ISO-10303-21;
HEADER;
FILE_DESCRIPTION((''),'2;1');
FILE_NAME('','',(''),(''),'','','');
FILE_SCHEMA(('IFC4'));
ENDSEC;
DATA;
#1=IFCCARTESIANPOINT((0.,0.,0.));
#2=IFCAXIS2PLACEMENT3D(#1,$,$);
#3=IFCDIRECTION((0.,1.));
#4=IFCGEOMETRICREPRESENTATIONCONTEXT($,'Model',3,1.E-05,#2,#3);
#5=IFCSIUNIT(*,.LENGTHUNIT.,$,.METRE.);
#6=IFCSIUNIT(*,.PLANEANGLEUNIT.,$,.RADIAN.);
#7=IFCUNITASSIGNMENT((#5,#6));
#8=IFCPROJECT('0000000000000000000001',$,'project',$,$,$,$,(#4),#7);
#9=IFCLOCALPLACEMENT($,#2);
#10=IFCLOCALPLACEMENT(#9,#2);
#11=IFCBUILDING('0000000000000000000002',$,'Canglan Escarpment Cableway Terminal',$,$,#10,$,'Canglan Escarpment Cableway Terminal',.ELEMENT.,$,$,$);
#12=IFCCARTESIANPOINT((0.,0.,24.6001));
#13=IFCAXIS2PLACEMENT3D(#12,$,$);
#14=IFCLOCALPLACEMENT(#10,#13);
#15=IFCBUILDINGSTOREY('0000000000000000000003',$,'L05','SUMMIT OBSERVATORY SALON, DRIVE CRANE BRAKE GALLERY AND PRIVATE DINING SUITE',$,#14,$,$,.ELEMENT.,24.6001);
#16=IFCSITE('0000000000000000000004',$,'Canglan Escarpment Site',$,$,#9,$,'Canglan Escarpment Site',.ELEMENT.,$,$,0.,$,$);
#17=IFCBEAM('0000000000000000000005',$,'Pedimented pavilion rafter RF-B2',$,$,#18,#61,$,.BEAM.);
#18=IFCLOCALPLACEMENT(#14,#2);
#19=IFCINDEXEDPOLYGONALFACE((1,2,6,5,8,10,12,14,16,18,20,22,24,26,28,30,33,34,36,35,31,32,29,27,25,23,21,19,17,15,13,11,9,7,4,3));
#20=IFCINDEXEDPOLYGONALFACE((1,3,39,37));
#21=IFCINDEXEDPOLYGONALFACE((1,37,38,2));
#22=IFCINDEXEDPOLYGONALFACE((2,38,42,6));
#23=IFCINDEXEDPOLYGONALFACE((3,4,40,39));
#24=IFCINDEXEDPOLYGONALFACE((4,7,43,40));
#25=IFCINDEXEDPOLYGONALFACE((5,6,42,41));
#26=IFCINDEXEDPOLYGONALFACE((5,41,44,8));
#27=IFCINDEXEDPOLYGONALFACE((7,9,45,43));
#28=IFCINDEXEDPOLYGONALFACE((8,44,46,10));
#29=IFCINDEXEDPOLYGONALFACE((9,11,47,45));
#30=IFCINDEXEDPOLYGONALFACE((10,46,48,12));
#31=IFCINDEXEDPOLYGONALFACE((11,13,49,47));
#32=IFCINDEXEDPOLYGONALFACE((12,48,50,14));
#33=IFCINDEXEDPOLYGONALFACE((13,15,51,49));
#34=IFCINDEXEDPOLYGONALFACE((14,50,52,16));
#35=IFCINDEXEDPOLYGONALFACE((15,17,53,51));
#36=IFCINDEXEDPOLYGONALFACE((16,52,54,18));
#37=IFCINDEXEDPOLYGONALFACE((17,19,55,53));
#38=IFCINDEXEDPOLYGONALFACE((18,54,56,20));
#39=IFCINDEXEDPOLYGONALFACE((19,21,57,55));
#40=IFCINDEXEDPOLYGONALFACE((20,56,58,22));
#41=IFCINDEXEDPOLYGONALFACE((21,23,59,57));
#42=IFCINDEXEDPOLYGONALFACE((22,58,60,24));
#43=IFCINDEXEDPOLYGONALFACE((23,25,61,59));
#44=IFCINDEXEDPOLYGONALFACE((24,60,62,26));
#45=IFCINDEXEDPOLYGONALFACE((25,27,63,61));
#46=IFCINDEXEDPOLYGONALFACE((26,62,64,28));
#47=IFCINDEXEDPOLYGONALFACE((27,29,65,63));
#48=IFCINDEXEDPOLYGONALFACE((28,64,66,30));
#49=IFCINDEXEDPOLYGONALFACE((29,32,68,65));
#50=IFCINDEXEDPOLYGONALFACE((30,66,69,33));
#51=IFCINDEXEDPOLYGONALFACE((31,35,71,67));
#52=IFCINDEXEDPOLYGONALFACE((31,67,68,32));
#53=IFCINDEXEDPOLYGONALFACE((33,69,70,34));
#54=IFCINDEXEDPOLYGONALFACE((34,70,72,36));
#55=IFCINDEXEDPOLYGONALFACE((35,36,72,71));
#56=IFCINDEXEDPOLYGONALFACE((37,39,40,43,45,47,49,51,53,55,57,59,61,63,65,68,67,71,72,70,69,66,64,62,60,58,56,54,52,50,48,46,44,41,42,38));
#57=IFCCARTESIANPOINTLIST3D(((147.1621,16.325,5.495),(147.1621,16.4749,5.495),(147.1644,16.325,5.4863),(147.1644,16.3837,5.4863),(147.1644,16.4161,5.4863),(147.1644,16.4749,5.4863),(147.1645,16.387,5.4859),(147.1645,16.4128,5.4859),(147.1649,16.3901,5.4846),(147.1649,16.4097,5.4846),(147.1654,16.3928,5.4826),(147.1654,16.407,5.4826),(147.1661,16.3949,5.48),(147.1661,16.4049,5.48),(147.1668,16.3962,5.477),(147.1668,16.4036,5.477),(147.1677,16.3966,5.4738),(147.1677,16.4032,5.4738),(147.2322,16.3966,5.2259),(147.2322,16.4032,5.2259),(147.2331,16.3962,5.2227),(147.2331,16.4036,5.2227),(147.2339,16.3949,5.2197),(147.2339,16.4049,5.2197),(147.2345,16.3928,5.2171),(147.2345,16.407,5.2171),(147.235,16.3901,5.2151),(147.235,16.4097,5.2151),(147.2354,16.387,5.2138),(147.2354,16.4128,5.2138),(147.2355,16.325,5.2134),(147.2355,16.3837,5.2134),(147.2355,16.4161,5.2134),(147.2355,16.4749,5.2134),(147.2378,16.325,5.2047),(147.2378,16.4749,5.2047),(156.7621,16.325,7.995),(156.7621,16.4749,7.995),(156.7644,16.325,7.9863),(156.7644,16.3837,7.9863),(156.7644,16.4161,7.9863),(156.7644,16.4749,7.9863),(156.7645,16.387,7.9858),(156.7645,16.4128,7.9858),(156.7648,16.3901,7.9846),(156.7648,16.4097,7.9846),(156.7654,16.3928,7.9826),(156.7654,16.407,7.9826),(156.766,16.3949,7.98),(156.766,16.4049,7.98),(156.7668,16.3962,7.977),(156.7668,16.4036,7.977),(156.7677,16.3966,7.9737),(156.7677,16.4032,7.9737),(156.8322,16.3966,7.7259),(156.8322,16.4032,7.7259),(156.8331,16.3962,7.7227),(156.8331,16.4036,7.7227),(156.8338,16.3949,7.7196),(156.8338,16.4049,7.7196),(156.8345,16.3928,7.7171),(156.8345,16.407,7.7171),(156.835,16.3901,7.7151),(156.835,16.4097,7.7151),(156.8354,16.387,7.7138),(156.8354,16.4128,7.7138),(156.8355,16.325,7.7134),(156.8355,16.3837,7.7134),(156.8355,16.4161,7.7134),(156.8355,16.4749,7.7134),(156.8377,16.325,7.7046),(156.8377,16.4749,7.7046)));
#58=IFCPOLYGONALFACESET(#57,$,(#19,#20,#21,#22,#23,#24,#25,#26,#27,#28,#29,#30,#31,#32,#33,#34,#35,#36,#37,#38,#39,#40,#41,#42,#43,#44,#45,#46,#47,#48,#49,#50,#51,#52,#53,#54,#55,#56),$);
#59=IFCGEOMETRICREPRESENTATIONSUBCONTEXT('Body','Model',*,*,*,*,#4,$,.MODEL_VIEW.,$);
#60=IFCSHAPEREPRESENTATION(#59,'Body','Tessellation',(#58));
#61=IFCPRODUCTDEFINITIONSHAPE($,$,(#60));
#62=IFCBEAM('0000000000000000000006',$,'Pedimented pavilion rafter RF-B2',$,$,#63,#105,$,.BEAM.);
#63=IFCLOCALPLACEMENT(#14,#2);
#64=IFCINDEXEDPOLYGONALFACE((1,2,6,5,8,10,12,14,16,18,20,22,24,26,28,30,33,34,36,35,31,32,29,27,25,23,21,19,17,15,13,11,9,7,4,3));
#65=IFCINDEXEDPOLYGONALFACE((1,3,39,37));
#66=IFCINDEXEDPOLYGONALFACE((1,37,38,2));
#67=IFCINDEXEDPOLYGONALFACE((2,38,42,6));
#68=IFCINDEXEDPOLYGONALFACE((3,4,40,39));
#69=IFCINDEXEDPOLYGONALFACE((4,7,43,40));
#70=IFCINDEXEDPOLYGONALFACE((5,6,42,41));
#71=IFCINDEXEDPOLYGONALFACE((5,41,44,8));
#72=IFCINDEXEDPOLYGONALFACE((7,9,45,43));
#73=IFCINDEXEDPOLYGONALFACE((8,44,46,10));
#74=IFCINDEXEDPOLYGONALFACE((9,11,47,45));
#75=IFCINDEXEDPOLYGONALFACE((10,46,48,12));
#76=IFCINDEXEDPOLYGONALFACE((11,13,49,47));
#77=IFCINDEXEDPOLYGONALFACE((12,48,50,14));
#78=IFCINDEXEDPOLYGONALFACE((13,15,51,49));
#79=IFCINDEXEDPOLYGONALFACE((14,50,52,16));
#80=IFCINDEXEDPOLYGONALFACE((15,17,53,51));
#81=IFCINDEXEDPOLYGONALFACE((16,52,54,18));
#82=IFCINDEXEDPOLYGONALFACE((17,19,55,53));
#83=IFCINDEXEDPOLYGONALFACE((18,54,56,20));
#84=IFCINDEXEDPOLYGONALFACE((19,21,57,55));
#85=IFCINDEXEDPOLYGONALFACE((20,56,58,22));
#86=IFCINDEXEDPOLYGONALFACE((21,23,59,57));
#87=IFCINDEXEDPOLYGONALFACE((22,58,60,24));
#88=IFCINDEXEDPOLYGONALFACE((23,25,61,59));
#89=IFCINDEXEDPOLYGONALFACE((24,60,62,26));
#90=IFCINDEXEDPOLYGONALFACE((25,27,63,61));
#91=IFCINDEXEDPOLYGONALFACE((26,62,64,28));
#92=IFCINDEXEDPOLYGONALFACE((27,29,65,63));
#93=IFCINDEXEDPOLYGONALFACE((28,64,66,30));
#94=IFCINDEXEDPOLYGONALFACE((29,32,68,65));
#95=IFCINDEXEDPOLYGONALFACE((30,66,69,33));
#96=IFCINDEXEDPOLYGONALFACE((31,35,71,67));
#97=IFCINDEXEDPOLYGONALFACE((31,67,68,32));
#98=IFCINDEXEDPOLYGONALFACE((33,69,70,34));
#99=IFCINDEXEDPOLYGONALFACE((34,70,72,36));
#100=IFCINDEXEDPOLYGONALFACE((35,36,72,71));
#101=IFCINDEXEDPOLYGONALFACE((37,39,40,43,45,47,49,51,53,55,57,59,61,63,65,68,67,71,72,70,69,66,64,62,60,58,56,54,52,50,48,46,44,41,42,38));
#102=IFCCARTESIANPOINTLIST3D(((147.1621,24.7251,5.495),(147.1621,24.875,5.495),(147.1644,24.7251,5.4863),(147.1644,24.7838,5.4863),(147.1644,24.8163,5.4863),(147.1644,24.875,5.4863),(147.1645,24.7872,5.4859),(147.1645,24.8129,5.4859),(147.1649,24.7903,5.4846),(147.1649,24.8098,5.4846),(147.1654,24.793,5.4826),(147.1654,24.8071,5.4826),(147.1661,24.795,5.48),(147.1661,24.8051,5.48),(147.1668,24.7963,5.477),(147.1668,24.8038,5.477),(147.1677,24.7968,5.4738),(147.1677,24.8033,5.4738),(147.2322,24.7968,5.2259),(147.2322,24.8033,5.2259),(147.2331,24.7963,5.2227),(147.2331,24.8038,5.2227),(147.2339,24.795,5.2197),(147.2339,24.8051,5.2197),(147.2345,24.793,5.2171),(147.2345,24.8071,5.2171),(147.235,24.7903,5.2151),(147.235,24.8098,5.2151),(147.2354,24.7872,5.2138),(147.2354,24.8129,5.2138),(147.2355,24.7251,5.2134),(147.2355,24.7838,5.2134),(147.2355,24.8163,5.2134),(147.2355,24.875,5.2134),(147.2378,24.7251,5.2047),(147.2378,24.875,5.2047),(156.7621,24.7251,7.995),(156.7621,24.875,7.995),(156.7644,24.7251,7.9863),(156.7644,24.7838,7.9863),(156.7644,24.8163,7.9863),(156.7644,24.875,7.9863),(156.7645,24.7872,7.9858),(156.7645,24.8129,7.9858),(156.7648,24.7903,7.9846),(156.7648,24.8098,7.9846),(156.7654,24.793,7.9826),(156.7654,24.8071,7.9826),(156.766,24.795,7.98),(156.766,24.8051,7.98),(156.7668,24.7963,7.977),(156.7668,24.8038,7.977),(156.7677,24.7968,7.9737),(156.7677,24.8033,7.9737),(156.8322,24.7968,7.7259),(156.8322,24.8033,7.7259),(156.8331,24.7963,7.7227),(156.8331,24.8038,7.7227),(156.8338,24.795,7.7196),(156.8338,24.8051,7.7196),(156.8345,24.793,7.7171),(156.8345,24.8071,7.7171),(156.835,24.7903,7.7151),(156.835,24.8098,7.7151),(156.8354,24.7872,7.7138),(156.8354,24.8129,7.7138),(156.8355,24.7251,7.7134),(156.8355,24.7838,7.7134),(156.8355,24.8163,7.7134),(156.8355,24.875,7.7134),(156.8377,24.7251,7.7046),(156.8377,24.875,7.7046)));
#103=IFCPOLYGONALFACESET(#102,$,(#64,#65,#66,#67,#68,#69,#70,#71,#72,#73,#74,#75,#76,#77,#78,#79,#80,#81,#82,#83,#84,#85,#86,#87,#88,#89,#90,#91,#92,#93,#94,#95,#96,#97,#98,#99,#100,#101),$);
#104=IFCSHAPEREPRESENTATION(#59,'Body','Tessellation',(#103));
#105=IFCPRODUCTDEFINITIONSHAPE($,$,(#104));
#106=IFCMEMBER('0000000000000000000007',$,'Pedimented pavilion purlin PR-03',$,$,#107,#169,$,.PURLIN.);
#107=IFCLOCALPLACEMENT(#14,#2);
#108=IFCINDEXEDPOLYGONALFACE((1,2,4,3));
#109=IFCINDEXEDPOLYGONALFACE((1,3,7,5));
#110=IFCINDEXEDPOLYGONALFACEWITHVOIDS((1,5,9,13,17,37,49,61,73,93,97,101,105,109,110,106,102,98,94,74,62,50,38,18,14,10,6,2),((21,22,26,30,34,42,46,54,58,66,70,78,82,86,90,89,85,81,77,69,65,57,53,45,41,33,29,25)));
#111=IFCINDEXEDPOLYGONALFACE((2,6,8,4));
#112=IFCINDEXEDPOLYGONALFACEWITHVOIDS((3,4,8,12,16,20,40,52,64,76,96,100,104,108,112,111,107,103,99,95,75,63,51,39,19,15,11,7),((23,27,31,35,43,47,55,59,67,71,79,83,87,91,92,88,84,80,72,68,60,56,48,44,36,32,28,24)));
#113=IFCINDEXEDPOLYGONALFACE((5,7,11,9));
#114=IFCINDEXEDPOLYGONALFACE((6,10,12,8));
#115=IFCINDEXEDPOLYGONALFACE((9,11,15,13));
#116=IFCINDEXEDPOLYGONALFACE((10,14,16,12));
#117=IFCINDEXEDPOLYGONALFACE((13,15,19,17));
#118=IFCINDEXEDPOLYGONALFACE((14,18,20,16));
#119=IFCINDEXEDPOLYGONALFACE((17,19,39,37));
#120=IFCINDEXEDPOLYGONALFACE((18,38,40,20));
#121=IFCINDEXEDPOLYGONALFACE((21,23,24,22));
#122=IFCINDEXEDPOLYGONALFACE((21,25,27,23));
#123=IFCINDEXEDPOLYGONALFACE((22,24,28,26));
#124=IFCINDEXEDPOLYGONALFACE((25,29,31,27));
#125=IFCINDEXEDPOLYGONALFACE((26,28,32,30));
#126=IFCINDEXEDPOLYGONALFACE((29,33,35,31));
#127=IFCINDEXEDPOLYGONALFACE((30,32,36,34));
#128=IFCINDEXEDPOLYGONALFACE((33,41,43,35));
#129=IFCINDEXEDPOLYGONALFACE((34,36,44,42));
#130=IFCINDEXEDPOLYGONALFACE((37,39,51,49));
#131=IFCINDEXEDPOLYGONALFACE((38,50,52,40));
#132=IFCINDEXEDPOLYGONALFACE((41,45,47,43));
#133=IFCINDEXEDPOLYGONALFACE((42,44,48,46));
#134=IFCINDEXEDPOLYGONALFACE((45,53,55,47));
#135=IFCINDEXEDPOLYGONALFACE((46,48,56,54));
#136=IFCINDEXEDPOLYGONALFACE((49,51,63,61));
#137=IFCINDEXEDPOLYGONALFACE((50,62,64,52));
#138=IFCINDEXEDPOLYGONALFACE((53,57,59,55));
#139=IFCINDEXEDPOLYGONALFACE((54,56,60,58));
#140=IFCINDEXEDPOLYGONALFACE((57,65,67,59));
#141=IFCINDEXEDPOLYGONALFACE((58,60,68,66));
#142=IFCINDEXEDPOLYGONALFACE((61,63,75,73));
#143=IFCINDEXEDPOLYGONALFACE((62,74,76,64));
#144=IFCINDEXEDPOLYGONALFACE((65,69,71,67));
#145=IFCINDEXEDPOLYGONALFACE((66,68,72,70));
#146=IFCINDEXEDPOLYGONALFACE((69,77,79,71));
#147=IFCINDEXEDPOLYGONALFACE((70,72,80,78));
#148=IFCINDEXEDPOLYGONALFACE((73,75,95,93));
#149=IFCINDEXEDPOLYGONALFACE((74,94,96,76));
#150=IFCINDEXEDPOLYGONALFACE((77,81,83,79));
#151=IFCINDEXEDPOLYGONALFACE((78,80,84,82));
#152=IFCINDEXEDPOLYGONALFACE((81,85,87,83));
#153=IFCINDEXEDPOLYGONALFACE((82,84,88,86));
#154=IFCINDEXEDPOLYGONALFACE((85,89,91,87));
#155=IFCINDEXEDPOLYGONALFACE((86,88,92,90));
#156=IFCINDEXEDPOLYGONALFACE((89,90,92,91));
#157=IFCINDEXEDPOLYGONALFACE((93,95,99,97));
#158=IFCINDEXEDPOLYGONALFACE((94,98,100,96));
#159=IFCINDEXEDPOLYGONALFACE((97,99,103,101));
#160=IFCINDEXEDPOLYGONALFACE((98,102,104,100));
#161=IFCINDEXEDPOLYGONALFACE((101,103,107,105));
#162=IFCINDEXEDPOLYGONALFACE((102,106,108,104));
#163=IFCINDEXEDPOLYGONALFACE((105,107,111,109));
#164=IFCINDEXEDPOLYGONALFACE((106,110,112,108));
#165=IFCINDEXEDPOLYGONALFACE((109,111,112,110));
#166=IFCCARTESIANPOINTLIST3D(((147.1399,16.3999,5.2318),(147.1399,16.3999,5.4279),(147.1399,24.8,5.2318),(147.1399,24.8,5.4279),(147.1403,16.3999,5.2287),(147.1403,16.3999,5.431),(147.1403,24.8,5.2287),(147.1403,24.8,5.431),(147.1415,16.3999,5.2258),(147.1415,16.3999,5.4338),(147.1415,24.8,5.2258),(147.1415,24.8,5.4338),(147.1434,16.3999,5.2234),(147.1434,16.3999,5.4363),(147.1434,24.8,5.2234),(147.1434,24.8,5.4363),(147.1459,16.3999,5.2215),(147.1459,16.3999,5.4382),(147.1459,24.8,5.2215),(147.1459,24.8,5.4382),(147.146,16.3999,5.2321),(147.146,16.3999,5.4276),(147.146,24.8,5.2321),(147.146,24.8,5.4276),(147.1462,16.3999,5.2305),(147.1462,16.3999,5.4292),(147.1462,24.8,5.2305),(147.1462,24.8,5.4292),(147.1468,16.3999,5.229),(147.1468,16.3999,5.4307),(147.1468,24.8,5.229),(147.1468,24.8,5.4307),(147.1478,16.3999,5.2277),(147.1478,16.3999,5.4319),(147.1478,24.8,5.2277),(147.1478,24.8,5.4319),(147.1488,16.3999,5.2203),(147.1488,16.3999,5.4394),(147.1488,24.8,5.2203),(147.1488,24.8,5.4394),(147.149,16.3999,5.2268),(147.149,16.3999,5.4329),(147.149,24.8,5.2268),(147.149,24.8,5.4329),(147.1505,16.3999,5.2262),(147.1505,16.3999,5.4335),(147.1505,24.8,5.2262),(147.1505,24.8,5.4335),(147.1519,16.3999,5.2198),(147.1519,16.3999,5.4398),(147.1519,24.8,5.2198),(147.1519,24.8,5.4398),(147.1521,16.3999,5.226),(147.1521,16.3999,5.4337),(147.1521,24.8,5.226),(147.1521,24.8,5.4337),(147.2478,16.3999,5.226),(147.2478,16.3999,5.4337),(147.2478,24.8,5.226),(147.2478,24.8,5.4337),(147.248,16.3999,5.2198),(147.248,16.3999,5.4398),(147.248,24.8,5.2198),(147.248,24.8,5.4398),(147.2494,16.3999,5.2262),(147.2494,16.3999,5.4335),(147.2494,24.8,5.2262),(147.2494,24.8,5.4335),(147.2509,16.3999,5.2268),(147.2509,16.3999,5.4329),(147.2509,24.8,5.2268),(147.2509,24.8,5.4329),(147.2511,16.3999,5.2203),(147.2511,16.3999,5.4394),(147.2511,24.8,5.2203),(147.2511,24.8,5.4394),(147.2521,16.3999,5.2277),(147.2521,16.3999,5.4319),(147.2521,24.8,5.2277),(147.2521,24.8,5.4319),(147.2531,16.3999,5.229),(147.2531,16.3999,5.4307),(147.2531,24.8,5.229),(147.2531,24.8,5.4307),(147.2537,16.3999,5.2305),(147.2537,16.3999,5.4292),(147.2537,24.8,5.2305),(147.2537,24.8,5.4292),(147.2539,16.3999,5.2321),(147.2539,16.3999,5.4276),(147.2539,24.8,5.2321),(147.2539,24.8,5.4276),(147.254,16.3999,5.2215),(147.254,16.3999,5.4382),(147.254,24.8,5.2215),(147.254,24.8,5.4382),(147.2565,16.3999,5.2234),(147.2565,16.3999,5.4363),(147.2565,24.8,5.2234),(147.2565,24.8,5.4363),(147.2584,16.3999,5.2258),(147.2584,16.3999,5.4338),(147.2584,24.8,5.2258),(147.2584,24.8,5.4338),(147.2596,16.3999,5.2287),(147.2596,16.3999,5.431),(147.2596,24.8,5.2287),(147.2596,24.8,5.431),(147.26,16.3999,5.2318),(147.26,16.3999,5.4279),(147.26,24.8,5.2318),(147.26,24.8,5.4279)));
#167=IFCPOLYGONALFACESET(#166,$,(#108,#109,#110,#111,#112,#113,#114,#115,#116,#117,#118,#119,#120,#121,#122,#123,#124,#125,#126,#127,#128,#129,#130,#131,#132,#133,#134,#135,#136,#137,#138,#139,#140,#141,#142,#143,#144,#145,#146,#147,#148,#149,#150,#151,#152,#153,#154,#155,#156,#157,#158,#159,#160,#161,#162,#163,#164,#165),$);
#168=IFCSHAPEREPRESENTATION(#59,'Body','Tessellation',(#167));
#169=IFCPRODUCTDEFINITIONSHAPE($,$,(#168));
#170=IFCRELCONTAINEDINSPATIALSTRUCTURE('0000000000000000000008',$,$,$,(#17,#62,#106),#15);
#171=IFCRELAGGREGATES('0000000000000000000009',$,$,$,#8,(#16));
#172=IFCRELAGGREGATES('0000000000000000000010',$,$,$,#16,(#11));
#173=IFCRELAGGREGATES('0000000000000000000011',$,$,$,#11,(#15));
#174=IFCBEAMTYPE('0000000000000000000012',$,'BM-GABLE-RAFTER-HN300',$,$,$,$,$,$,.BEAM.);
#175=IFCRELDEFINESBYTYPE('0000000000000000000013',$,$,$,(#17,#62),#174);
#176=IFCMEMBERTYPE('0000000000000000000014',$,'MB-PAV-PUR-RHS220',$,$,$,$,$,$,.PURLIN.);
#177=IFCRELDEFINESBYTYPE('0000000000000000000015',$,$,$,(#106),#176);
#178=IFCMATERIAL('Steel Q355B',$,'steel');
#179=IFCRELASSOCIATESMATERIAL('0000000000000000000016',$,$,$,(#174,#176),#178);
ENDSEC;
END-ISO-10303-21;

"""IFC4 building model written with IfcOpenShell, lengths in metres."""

from ifc_helpers import new_model, si_unit, direction, frame, origin, origin_2d, place, context, subcontext, project, spatial, hollow_rectangle, i_section, extrude, material, material_profile, profile_set, type_object, element, save


model = new_model("IFC4")

# Units and contexts
model_context = context("Model", 3, precision=1e-05, world=origin(), true_north=direction((0.0, 1.0)))
body_context = subcontext(model_context, "Body", "Model", "MODEL_VIEW")
ifc_project = project(units=[si_unit("LENGTHUNIT", "METRE"), si_unit("PLANEANGLEUNIT", "RADIAN")], contexts=[model_context])

# Site, building, storey
site_placement = place(None, origin())
site = spatial("IfcSite", under=ifc_project, at=site_placement, Name="Canglan Escarpment Site", LongName="Canglan Escarpment Site", CompositionType="ELEMENT", RefElevation=0.0)
building_placement = place(site_placement, origin())
building = spatial("IfcBuilding", under=site, at=building_placement, Name="Canglan Escarpment Cableway Terminal", LongName="Canglan Escarpment Cableway Terminal", CompositionType="ELEMENT")
storey_placement = place(building_placement, frame((0.0, 0.0, 24.6001)))
storey = spatial("IfcBuildingStorey", under=building, at=storey_placement, Name="L05", Description="SUMMIT OBSERVATORY SALON, DRIVE CRANE BRAKE GALLERY AND PRIVATE DINING SUITE", CompositionType="ELEMENT", Elevation=24.6001)

# Beams
ifc_material_1 = material(Name="Steel Q355B", Category="steel")
ifc_material_profile_1 = material_profile(ifc_material_1, i_section(OverallWidth=0.1499, OverallDepth=0.3, WebThickness=0.0066, FlangeThickness=0.009, FilletRadius=0.0129, at=origin_2d()), Name="HN 300x150x6.5x9")
ifc_profile_set_1 = profile_set([ifc_material_profile_1], Name="Steel Q355B")
beam_type_1 = type_object("IfcBeamType", Name="BM-GABLE-RAFTER-HN300", PredefinedType="BEAM", material=ifc_profile_set_1)
for number, where, z_axis, x_axis, name in (
    (1, (147.2, 16.3999, 5.3499), (0.967725, 0.0, 0.252009), (0.0, 1.0, 0.0), "Pedimented pavilion rafter RF-B2"),
    (2, (147.2, 24.8, 5.3499), (0.967725, 0.0, 0.252009), (0.0, 1.0, 0.0), "Pedimented pavilion rafter RF-B2"),
):
    element("IfcBeam", number, at=place(storey_placement, frame(where, z_axis=z_axis, x_axis=x_axis)), inside=storey, type_object=beam_type_1, Name=name, PredefinedType="BEAM", context=body_context, shape_type="SweptSolid", body=[
        extrude(i_section(OverallWidth=0.1499, OverallDepth=0.3, WebThickness=0.0066, FlangeThickness=0.009, FilletRadius=0.0129, at=origin_2d()), origin(), (0.0, 0.0, 1.0), 9.9202),
    ])

# Member
ifc_material_profile_2 = material_profile(ifc_material_1, hollow_rectangle(XDim=0.1201, YDim=0.22, WallThickness=0.0061, InnerFilletRadius=0.0061, OuterFilletRadius=0.012, at=origin_2d()), Name="RHS 220x120x6")
ifc_profile_set_2 = profile_set([ifc_material_profile_2], Name="Steel Q355B")
member_type = type_object("IfcMemberType", Name="MB-PAV-PUR-RHS220", PredefinedType="PURLIN", material=ifc_profile_set_2)
member_1_placement = place(storey_placement, frame((147.2, 16.3999, 5.3298), z_axis=(0.0, 1.0, 0.0), x_axis=(-1.0, 0.0, 0.0)))
element("IfcMember", 3, at=member_1_placement, inside=storey, type_object=member_type, Name="Pedimented pavilion purlin PR-03", PredefinedType="PURLIN", context=body_context, shape_type="SweptSolid", body=[
    extrude(hollow_rectangle(XDim=0.1201, YDim=0.22, WallThickness=0.0061, InnerFilletRadius=0.0061, OuterFilletRadius=0.012, at=origin_2d()), origin(), (0.0, 0.0, 1.0), 8.4001),
])

save(model, "model.ifc")
